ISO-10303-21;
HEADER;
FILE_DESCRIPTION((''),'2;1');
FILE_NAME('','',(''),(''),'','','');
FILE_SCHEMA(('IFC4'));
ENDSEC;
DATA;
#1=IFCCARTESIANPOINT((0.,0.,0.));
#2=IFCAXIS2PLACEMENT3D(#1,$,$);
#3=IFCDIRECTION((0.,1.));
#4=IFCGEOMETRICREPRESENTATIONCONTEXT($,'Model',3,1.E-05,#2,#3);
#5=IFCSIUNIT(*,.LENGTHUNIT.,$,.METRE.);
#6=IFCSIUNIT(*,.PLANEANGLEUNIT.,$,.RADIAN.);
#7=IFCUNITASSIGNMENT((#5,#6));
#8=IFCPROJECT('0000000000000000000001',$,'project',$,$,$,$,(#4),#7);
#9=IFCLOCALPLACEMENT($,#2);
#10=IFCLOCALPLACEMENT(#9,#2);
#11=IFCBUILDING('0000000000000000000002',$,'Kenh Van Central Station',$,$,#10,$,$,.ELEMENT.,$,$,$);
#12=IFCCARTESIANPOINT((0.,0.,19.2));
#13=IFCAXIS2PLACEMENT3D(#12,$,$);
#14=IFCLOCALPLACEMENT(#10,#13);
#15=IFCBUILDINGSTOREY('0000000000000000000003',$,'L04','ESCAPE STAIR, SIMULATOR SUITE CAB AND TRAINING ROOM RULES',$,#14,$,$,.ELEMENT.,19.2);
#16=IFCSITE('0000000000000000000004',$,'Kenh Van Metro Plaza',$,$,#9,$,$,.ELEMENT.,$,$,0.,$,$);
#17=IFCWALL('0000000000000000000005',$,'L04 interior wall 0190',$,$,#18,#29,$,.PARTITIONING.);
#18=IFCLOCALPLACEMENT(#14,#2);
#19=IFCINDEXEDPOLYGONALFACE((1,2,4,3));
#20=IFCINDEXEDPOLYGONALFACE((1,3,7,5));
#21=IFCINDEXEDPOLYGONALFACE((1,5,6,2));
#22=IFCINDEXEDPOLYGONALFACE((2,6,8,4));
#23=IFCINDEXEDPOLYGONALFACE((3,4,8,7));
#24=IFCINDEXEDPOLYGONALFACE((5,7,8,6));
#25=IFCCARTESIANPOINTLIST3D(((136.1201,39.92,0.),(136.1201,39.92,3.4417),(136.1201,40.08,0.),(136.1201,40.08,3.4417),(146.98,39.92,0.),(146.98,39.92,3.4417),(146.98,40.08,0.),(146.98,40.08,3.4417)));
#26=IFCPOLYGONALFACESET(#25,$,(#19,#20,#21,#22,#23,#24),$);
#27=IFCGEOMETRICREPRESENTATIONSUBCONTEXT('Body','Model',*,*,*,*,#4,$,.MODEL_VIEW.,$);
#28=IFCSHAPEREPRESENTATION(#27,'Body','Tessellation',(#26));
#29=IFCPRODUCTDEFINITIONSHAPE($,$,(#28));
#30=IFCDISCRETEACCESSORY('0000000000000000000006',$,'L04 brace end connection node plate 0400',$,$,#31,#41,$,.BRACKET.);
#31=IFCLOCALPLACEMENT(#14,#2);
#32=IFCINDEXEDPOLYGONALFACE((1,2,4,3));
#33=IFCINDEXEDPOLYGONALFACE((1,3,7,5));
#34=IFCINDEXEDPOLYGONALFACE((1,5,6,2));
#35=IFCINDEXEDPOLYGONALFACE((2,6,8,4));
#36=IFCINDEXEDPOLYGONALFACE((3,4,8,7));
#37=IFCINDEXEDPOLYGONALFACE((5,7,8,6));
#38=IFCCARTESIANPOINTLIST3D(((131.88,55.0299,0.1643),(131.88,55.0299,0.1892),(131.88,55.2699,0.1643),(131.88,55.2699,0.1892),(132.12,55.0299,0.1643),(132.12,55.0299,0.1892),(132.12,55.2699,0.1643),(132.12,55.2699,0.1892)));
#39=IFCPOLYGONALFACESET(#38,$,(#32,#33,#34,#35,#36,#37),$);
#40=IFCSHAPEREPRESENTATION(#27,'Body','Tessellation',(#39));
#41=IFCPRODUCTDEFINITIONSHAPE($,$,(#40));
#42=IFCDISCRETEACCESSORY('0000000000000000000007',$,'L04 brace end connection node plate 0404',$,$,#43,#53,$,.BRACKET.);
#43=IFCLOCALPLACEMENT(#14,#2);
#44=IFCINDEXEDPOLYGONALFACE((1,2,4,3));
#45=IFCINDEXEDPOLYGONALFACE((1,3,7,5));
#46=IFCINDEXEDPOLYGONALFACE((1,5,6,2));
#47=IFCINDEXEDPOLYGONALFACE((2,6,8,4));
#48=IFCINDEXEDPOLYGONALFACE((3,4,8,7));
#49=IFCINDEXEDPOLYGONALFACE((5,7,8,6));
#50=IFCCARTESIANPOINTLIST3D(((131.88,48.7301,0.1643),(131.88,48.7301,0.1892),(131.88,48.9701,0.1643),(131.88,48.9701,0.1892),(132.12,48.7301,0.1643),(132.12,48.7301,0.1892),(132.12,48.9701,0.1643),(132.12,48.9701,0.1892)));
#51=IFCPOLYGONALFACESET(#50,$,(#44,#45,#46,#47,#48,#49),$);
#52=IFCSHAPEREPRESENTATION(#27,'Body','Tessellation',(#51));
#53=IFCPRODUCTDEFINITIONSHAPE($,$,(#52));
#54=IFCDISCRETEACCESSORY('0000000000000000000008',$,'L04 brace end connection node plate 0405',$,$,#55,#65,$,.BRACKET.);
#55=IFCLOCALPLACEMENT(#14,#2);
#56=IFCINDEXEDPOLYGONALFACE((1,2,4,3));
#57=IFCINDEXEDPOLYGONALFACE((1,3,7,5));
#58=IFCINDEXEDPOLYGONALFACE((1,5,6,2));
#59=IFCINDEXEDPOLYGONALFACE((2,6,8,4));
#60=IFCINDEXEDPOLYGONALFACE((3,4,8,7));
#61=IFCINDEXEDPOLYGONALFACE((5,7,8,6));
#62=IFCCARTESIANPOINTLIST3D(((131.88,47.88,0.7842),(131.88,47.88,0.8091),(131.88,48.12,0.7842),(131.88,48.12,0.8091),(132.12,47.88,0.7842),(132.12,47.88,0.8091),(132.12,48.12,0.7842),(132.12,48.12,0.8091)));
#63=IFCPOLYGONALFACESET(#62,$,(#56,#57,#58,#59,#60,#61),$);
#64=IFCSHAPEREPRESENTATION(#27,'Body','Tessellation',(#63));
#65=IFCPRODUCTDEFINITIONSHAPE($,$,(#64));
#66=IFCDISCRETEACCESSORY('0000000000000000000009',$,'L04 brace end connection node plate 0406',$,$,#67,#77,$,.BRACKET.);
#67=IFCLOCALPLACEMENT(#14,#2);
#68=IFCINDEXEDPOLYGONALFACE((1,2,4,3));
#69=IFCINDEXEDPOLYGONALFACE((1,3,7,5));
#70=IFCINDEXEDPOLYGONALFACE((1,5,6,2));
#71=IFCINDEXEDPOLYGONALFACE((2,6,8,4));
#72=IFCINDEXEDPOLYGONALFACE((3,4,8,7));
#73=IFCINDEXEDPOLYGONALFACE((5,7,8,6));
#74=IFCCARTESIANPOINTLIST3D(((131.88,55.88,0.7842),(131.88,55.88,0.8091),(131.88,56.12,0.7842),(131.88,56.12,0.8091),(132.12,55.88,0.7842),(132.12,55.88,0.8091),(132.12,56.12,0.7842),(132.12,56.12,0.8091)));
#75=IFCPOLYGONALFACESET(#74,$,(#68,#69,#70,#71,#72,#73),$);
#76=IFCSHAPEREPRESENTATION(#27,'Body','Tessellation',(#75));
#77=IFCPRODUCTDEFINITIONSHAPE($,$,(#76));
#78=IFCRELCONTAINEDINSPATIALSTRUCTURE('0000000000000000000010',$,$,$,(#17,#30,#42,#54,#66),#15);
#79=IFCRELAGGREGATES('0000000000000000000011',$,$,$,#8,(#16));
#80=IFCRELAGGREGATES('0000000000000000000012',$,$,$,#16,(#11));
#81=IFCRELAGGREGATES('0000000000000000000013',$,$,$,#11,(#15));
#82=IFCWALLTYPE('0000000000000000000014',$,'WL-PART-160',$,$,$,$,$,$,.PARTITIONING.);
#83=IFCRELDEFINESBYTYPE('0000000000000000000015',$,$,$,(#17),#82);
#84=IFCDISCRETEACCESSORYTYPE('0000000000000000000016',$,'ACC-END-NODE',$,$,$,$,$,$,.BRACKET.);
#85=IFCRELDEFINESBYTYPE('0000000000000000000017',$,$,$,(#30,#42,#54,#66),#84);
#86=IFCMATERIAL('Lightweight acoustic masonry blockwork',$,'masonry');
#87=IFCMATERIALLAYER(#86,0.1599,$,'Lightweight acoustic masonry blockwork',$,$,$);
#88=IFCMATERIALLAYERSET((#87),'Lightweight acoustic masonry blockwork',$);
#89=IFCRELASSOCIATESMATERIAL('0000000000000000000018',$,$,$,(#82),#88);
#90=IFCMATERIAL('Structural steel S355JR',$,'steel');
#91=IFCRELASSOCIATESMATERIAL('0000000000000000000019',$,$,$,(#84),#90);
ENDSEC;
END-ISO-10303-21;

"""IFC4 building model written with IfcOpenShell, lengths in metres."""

from ifc_helpers import new_model, si_unit, direction, frame, frame_2d, origin, origin_2d, place, context, subcontext, project, spatial, rectangle, extrude, material, layer, layer_set, type_object, element, save


model = new_model("IFC4")

# Units and contexts
model_context = context("Model", 3, precision=1e-05, world=origin(), true_north=direction((0.0, 1.0)))
body_context = subcontext(model_context, "Body", "Model", "MODEL_VIEW")
ifc_project = project(units=[si_unit("LENGTHUNIT", "METRE"), si_unit("PLANEANGLEUNIT", "RADIAN")], contexts=[model_context])

# Site, building, storey
site_placement = place(None, origin())
site = spatial("IfcSite", under=ifc_project, at=site_placement, Name="Kenh Van Metro Plaza", CompositionType="ELEMENT", RefElevation=0.0)
building_placement = place(site_placement, origin())
building = spatial("IfcBuilding", under=site, at=building_placement, Name="Kenh Van Central Station", CompositionType="ELEMENT")
storey_placement = place(building_placement, frame((0.0, 0.0, 19.2)))
storey = spatial("IfcBuildingStorey", under=building, at=storey_placement, Name="L04", Description="ESCAPE STAIR, SIMULATOR SUITE CAB AND TRAINING ROOM RULES", CompositionType="ELEMENT", Elevation=19.2)

# Wall
ifc_material_1 = material(Name="Lightweight acoustic masonry blockwork", Category="masonry")
ifc_layer_1 = layer(ifc_material_1, 0.1599, Name="Lightweight acoustic masonry blockwork")
ifc_layer_set_1 = layer_set([ifc_layer_1], Name="Lightweight acoustic masonry blockwork")
wall_type_1 = type_object("IfcWallType", Name="WL-PART-160", PredefinedType="PARTITIONING", material=ifc_layer_set_1)
wall_1_placement = place(storey_placement, frame((136.1201, 40.0, 0.0), z_axis=(0.0, 0.0, 1.0), x_axis=(1.0, 0.0, 0.0)))
element("IfcWall", 1, at=wall_1_placement, inside=storey, type_object=wall_type_1, Name="L04 interior wall 0190", PredefinedType="PARTITIONING", context=body_context, shape_type="SweptSolid", body=[
    extrude(rectangle(XDim=10.8599, YDim=0.1599, at=frame_2d((5.4299, 0.0))), origin(), (0.0, 0.0, 1.0), 3.4417),
])

# Discrete accessories
ifc_material_2 = material(Name="Structural steel S355JR", Category="steel")
discrete_accessory_type = type_object("IfcDiscreteAccessoryType", Name="ACC-END-NODE", PredefinedType="BRACKET", material=ifc_material_2)
for number, where, z_axis, x_axis, name in (
    (2, (132.0, 55.1499, 0.1643), (0.0, 0.0, 1.0), (1.0, 0.0, 0.0), "L04 brace end connection node plate 0400"),
    (3, (132.0, 48.8501, 0.1643), (0.0, 0.0, 1.0), (1.0, 0.0, 0.0), "L04 brace end connection node plate 0404"),
    (4, (132.0, 48.0, 0.7842), (0.0, 0.0, 1.0), (1.0, 0.0, 0.0), "L04 brace end connection node plate 0405"),
    (5, (132.0, 56.0, 0.7842), (0.0, 0.0, 1.0), (1.0, 0.0, 0.0), "L04 brace end connection node plate 0406"),
):
    element("IfcDiscreteAccessory", number, at=place(storey_placement, frame(where, z_axis=z_axis, x_axis=x_axis)), inside=storey, type_object=discrete_accessory_type, Name=name, PredefinedType="BRACKET", context=body_context, shape_type="SweptSolid", body=[
        extrude(rectangle(XDim=0.24, YDim=0.24, at=origin_2d()), origin(), (0.0, 0.0, 1.0), 0.0249),
    ])

save(model, "model.ifc")
